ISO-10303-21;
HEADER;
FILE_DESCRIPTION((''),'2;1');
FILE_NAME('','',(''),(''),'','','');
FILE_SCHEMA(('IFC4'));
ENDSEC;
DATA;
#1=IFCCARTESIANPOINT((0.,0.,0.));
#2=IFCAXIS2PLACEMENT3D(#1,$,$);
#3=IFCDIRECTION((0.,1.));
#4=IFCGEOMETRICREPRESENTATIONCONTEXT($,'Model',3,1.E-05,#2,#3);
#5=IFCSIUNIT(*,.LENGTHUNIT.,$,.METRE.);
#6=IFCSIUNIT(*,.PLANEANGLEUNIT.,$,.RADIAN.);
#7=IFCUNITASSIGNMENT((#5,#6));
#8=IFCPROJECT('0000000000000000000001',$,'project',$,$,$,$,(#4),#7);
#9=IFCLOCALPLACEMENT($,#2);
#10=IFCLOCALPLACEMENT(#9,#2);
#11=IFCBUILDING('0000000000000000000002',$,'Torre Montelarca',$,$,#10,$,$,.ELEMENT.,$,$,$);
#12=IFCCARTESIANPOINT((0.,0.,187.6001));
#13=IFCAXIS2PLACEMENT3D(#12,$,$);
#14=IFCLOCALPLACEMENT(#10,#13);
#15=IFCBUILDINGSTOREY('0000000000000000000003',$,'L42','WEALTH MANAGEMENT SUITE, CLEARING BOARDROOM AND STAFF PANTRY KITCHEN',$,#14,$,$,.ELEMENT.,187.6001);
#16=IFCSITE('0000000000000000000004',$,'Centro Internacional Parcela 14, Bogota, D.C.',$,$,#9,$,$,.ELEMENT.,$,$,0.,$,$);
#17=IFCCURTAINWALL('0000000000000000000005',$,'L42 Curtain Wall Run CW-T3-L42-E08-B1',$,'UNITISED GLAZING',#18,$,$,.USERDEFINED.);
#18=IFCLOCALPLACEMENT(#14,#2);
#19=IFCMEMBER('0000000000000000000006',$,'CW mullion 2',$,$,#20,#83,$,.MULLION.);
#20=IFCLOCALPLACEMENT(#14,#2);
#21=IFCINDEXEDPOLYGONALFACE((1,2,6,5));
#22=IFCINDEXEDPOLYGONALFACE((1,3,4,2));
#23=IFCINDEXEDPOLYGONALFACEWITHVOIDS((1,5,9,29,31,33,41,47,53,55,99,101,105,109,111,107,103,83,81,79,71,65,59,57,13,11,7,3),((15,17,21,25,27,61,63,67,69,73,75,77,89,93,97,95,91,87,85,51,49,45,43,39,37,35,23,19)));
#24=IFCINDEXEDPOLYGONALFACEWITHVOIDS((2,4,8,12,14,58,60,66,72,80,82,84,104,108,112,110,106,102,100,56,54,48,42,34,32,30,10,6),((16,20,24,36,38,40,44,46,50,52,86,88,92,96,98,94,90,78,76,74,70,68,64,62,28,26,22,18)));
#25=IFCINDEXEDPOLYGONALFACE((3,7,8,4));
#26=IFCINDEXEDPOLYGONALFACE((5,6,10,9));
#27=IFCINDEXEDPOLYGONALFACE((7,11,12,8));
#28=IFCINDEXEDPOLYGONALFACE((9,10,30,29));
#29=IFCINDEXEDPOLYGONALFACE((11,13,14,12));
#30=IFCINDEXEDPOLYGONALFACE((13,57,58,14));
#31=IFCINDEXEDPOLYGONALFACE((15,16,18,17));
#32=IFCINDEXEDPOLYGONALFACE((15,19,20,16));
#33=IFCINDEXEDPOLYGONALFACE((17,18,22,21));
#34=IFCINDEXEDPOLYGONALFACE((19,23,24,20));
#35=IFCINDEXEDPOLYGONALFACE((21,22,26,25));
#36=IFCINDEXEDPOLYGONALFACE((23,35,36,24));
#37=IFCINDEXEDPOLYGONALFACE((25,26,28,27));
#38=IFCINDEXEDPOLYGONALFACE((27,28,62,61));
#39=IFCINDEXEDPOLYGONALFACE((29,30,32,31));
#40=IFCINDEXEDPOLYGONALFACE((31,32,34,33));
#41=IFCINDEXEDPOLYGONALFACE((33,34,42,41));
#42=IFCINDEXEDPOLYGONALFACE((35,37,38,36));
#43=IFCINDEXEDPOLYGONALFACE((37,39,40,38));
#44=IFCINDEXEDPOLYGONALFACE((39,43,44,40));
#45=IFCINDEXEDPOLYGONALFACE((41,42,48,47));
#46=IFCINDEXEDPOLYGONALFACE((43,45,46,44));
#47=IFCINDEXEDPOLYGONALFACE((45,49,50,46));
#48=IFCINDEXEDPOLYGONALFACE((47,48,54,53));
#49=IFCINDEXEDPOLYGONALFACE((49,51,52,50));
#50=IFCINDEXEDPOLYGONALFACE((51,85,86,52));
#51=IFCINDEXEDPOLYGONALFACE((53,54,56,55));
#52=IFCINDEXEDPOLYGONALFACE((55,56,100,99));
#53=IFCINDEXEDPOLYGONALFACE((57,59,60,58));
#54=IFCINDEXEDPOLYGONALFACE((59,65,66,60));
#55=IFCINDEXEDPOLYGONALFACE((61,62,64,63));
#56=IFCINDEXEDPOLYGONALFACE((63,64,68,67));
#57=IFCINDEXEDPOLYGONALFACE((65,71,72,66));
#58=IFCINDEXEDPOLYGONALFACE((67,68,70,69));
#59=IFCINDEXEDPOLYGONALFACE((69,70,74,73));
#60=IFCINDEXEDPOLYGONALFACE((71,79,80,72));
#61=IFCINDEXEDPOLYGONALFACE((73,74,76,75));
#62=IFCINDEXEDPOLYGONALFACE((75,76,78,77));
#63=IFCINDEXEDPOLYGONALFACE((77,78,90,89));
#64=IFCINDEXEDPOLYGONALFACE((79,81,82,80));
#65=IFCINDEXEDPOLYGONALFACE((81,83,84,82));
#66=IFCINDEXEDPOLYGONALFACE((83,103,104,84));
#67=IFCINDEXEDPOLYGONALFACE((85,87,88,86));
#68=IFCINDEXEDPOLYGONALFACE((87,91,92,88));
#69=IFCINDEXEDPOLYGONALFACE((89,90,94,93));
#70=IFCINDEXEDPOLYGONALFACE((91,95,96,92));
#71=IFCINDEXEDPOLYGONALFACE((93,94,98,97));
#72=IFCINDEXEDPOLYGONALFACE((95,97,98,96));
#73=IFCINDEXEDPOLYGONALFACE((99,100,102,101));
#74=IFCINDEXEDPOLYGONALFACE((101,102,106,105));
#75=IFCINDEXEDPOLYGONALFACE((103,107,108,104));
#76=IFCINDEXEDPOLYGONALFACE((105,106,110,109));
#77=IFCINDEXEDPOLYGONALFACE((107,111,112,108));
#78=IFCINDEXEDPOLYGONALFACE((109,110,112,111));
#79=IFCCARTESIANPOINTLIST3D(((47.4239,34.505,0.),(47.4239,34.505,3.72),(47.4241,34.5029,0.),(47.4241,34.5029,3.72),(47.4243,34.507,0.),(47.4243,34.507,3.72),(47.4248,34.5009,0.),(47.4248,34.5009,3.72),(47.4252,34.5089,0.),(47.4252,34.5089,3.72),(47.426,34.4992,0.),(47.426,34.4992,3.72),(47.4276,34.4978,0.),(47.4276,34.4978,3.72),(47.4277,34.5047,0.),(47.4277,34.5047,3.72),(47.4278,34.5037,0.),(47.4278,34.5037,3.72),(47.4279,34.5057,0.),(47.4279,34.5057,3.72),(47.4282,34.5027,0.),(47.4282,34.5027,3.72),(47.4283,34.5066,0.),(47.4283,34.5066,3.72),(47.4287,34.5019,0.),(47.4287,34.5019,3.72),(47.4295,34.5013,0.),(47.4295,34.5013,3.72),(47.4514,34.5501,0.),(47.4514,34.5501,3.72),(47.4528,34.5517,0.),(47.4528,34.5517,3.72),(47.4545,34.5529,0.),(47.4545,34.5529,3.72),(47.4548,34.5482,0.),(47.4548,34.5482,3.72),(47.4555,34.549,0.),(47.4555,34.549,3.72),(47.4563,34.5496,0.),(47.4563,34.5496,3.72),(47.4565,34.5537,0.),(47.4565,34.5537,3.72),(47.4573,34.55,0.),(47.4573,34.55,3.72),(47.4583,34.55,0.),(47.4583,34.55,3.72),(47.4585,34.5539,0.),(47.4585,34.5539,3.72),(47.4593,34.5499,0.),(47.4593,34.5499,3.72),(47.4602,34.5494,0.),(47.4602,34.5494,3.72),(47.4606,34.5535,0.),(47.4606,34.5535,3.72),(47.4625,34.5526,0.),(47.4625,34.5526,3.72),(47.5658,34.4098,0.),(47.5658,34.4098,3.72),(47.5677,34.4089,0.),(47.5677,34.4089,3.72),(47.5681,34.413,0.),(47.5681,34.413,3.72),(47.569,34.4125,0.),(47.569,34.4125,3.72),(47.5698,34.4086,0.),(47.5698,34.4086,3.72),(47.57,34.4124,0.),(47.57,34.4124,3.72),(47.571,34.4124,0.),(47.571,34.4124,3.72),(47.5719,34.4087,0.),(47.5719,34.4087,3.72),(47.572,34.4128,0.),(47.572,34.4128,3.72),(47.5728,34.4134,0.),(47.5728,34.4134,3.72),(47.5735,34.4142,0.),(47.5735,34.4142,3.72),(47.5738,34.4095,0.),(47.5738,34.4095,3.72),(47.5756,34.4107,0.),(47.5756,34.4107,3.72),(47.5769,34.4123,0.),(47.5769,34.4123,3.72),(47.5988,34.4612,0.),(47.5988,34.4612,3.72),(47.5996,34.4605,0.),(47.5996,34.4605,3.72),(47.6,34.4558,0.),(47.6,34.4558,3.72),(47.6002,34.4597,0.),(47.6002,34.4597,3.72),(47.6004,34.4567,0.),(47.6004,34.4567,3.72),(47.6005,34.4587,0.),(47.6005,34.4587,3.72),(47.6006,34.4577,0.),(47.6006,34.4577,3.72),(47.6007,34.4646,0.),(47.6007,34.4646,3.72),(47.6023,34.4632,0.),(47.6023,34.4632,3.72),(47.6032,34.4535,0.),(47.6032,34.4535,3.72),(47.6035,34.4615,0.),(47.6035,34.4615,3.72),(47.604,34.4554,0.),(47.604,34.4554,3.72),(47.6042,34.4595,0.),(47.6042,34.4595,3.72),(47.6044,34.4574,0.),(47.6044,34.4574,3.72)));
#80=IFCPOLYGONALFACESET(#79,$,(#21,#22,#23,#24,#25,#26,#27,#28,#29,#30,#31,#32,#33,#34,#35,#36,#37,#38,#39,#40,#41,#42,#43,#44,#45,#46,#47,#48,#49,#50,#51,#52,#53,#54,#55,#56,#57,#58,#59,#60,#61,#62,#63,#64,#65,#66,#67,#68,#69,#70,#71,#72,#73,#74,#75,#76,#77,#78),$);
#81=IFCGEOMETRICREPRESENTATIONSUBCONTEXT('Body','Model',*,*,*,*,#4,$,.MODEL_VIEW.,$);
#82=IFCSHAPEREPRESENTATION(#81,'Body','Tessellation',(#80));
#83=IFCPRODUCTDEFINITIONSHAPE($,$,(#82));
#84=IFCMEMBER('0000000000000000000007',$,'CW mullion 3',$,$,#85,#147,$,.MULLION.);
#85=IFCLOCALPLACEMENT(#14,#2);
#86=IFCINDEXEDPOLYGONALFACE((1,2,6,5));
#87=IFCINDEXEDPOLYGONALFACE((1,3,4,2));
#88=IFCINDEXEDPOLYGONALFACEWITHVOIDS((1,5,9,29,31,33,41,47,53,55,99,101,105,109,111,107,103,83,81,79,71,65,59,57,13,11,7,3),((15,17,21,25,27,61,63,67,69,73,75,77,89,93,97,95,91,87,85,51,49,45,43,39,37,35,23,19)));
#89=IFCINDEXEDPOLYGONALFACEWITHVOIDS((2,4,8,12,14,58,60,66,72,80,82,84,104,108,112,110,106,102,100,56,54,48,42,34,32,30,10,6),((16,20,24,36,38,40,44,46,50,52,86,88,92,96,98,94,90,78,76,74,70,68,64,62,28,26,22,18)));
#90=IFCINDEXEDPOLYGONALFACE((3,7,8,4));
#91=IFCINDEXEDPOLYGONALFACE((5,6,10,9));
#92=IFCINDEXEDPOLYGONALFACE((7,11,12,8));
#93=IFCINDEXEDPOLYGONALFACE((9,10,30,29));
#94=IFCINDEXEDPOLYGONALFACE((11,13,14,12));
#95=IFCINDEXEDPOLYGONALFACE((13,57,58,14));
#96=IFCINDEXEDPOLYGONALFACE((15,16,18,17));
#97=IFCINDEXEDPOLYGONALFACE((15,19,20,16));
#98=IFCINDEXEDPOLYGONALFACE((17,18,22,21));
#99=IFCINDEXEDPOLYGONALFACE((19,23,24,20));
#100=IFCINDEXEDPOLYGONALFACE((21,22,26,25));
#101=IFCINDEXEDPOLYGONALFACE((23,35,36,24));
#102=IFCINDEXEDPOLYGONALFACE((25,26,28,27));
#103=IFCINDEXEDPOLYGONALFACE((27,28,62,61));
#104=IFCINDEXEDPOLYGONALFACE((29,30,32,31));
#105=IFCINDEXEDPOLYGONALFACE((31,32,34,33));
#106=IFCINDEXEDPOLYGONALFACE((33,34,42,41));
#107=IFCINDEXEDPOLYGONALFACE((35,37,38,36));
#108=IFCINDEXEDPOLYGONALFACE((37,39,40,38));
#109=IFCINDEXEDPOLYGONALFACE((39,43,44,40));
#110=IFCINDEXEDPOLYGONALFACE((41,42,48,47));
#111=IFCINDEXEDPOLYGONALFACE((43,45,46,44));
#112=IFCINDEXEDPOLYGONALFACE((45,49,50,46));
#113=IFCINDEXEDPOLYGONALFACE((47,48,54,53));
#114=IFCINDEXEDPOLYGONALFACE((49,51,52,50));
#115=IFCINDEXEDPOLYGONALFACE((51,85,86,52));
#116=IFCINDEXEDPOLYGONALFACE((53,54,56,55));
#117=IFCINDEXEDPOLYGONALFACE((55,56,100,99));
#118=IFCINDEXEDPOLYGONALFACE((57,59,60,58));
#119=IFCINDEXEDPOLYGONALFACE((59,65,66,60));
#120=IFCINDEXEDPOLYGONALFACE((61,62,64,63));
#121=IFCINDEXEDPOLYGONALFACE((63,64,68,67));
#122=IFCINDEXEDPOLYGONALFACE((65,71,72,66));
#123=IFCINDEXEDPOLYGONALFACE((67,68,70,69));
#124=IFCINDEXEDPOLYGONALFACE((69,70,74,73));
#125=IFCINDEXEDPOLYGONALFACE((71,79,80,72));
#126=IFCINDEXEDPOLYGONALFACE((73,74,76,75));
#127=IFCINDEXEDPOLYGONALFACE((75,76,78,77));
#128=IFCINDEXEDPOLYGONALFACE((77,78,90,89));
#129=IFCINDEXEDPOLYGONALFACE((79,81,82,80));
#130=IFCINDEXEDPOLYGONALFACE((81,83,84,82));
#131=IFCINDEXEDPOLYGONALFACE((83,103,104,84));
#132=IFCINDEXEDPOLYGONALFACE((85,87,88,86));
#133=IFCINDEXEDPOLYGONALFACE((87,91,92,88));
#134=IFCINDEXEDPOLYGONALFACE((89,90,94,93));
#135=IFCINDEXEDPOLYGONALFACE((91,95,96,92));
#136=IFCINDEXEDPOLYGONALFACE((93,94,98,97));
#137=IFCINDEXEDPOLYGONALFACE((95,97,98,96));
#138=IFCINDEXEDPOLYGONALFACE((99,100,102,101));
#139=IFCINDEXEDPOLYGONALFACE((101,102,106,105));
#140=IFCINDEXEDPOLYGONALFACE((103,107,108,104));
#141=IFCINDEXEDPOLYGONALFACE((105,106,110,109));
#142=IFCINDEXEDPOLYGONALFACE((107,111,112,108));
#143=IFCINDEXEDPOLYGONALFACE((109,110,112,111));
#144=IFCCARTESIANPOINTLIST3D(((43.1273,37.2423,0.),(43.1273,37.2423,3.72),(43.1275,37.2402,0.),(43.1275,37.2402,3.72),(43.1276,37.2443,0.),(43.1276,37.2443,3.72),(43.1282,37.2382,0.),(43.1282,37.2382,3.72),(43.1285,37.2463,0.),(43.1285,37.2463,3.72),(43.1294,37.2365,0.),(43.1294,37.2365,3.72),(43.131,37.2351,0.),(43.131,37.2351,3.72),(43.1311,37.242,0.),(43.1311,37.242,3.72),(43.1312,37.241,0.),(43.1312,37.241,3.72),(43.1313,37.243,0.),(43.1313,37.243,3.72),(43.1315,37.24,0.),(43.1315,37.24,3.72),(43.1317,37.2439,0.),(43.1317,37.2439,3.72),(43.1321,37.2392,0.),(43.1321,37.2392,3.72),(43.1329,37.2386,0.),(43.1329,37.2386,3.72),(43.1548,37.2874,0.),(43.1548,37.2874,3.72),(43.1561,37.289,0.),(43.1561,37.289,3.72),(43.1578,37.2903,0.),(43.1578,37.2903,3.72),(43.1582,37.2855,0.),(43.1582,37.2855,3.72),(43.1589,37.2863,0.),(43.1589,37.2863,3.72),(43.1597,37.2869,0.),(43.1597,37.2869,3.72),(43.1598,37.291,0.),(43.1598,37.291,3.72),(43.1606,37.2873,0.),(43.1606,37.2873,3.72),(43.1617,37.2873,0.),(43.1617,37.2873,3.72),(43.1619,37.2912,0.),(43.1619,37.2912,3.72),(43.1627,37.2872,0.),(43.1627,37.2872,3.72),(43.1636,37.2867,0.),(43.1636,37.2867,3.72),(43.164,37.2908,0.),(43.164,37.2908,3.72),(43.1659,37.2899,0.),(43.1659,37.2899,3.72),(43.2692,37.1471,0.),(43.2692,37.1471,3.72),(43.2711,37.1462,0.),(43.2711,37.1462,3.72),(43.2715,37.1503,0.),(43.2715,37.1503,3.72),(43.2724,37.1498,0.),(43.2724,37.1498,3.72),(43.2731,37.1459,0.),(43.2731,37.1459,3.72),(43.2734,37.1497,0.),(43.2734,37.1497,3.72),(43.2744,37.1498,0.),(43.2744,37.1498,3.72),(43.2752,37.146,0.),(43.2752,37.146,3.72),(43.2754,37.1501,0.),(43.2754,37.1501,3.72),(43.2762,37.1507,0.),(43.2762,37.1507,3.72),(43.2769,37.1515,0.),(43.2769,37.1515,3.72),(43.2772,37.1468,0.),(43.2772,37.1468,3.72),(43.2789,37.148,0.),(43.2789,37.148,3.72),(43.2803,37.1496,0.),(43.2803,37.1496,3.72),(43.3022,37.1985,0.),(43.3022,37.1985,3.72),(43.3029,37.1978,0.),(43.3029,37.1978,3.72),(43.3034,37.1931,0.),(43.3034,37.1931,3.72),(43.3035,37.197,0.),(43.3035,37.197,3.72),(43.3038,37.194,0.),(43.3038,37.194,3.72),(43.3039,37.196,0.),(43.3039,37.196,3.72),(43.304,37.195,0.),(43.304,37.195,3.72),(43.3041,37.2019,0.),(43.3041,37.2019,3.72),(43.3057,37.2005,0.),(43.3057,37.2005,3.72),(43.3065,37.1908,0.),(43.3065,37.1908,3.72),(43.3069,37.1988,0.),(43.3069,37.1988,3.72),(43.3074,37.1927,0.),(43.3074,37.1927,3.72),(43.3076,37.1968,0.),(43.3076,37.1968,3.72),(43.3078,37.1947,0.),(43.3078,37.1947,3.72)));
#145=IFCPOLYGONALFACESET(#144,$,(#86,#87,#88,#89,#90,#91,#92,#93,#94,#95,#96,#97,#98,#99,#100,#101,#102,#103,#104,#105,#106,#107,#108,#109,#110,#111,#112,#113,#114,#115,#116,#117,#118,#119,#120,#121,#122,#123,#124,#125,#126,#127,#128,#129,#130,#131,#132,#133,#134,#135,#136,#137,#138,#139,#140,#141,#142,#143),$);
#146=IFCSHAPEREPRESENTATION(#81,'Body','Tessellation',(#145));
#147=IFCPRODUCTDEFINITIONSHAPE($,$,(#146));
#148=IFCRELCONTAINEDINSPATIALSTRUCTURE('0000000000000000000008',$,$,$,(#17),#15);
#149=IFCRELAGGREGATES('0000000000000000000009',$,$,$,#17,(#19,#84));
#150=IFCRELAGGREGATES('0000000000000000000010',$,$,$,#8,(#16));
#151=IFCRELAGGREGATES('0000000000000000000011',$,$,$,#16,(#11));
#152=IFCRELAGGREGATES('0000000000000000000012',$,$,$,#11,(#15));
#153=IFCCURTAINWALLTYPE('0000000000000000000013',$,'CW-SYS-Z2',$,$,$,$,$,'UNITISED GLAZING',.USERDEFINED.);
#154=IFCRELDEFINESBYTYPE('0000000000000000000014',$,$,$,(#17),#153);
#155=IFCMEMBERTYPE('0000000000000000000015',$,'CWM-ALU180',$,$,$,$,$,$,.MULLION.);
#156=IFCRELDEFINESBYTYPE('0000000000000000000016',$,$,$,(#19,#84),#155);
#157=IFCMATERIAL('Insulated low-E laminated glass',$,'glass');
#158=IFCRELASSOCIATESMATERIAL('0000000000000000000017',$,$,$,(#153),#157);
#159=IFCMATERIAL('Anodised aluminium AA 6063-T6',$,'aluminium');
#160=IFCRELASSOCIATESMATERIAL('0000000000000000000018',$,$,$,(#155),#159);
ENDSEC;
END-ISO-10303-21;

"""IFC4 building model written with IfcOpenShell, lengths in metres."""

from ifc_helpers import new_model, si_unit, direction, frame, origin, origin_2d, place, context, subcontext, project, spatial, hollow_rectangle, extrude, source, transform, mapped, material, material_profile, profile_set, type_object, element, aggregate, save


model = new_model("IFC4")

# Units and contexts
model_context = context("Model", 3, precision=1e-05, world=origin(), true_north=direction((0.0, 1.0)))
body_context = subcontext(model_context, "Body", "Model", "MODEL_VIEW")
ifc_project = project(units=[si_unit("LENGTHUNIT", "METRE"), si_unit("PLANEANGLEUNIT", "RADIAN")], contexts=[model_context])

# Site, building, storey
site_placement = place(None, origin())
site = spatial("IfcSite", under=ifc_project, at=site_placement, Name="Centro Internacional Parcela 14, Bogota, D.C.", CompositionType="ELEMENT", RefElevation=0.0)
building_placement = place(site_placement, origin())
building = spatial("IfcBuilding", under=site, at=building_placement, Name="Torre Montelarca", CompositionType="ELEMENT")
storey_placement = place(building_placement, frame((0.0, 0.0, 187.6001)))
storey = spatial("IfcBuildingStorey", under=building, at=storey_placement, Name="L42", Description="WEALTH MANAGEMENT SUITE, CLEARING BOARDROOM AND STAFF PANTRY KITCHEN", CompositionType="ELEMENT", Elevation=187.6001)

# Curtain wall, members
ifc_material_1 = material(Name="Insulated low-E laminated glass", Category="glass")
curtain_wall_type = type_object("IfcCurtainWallType", Name="CW-SYS-Z2", ElementType="UNITISED GLAZING", PredefinedType="USERDEFINED", material=ifc_material_1)
ifc_material_2 = material(Name="Anodised aluminium AA 6063-T6", Category="aluminium")
ifc_material_profile_1 = material_profile(ifc_material_2, hollow_rectangle(XDim=0.0649, YDim=0.1799, WallThickness=0.0039, InnerFilletRadius=0.0039, OuterFilletRadius=0.0081, at=origin_2d()), Name="ALU65X180X4", Category="aluminium")
ifc_profile_set_1 = profile_set([ifc_material_profile_1], Name="Anodised aluminium AA 6063-T6")
member_type_1 = type_object("IfcMemberType", Name="CWM-ALU180", PredefinedType="MULLION", material=ifc_profile_set_1)
shared_shape_1 = source(origin(), body_context, "Body", "SweptSolid", [
    extrude(hollow_rectangle(XDim=0.0649, YDim=0.1799, WallThickness=0.0039, InnerFilletRadius=0.0039, OuterFilletRadius=0.0081, at=origin_2d()), origin(), (0.0, 0.0, 1.0), 3.72),
])
curtain_wall_1_placement = place(storey_placement, origin())
curtain_wall_1 = element("IfcCurtainWall", 1, at=curtain_wall_1_placement, inside=storey, type_object=curtain_wall_type, Name="L42 Curtain Wall Run CW-T3-L42-E08-B1", ObjectType="UNITISED GLAZING", PredefinedType="USERDEFINED")
member_1_placement = place(storey_placement, frame((47.5142, 34.4812, 0.0), z_axis=(0.0, 0.0, 1.0), x_axis=(-0.537301, -0.84339, 0.0)))
member_1 = element("IfcMember", 2, at=member_1_placement, type_object=member_type_1, Name="CW mullion 2", PredefinedType="MULLION", context=body_context, shape_type="MappedRepresentation", body=[
    mapped(shared_shape_1, transform((0.0, 0.0, 0.0), scale=1.0)),
])
member_2_placement = place(storey_placement, frame((43.2175, 37.2185, 0.0), z_axis=(0.0, 0.0, 1.0), x_axis=(-0.537301, -0.84339, 0.0)))
member_2 = element("IfcMember", 3, at=member_2_placement, type_object=member_type_1, Name="CW mullion 3", PredefinedType="MULLION", context=body_context, shape_type="MappedRepresentation", body=[
    mapped(shared_shape_1, transform((0.0, 0.0, 0.0), scale=1.0)),
])

aggregate(curtain_wall_1, [member_1, member_2])

save(model, "model.ifc")
